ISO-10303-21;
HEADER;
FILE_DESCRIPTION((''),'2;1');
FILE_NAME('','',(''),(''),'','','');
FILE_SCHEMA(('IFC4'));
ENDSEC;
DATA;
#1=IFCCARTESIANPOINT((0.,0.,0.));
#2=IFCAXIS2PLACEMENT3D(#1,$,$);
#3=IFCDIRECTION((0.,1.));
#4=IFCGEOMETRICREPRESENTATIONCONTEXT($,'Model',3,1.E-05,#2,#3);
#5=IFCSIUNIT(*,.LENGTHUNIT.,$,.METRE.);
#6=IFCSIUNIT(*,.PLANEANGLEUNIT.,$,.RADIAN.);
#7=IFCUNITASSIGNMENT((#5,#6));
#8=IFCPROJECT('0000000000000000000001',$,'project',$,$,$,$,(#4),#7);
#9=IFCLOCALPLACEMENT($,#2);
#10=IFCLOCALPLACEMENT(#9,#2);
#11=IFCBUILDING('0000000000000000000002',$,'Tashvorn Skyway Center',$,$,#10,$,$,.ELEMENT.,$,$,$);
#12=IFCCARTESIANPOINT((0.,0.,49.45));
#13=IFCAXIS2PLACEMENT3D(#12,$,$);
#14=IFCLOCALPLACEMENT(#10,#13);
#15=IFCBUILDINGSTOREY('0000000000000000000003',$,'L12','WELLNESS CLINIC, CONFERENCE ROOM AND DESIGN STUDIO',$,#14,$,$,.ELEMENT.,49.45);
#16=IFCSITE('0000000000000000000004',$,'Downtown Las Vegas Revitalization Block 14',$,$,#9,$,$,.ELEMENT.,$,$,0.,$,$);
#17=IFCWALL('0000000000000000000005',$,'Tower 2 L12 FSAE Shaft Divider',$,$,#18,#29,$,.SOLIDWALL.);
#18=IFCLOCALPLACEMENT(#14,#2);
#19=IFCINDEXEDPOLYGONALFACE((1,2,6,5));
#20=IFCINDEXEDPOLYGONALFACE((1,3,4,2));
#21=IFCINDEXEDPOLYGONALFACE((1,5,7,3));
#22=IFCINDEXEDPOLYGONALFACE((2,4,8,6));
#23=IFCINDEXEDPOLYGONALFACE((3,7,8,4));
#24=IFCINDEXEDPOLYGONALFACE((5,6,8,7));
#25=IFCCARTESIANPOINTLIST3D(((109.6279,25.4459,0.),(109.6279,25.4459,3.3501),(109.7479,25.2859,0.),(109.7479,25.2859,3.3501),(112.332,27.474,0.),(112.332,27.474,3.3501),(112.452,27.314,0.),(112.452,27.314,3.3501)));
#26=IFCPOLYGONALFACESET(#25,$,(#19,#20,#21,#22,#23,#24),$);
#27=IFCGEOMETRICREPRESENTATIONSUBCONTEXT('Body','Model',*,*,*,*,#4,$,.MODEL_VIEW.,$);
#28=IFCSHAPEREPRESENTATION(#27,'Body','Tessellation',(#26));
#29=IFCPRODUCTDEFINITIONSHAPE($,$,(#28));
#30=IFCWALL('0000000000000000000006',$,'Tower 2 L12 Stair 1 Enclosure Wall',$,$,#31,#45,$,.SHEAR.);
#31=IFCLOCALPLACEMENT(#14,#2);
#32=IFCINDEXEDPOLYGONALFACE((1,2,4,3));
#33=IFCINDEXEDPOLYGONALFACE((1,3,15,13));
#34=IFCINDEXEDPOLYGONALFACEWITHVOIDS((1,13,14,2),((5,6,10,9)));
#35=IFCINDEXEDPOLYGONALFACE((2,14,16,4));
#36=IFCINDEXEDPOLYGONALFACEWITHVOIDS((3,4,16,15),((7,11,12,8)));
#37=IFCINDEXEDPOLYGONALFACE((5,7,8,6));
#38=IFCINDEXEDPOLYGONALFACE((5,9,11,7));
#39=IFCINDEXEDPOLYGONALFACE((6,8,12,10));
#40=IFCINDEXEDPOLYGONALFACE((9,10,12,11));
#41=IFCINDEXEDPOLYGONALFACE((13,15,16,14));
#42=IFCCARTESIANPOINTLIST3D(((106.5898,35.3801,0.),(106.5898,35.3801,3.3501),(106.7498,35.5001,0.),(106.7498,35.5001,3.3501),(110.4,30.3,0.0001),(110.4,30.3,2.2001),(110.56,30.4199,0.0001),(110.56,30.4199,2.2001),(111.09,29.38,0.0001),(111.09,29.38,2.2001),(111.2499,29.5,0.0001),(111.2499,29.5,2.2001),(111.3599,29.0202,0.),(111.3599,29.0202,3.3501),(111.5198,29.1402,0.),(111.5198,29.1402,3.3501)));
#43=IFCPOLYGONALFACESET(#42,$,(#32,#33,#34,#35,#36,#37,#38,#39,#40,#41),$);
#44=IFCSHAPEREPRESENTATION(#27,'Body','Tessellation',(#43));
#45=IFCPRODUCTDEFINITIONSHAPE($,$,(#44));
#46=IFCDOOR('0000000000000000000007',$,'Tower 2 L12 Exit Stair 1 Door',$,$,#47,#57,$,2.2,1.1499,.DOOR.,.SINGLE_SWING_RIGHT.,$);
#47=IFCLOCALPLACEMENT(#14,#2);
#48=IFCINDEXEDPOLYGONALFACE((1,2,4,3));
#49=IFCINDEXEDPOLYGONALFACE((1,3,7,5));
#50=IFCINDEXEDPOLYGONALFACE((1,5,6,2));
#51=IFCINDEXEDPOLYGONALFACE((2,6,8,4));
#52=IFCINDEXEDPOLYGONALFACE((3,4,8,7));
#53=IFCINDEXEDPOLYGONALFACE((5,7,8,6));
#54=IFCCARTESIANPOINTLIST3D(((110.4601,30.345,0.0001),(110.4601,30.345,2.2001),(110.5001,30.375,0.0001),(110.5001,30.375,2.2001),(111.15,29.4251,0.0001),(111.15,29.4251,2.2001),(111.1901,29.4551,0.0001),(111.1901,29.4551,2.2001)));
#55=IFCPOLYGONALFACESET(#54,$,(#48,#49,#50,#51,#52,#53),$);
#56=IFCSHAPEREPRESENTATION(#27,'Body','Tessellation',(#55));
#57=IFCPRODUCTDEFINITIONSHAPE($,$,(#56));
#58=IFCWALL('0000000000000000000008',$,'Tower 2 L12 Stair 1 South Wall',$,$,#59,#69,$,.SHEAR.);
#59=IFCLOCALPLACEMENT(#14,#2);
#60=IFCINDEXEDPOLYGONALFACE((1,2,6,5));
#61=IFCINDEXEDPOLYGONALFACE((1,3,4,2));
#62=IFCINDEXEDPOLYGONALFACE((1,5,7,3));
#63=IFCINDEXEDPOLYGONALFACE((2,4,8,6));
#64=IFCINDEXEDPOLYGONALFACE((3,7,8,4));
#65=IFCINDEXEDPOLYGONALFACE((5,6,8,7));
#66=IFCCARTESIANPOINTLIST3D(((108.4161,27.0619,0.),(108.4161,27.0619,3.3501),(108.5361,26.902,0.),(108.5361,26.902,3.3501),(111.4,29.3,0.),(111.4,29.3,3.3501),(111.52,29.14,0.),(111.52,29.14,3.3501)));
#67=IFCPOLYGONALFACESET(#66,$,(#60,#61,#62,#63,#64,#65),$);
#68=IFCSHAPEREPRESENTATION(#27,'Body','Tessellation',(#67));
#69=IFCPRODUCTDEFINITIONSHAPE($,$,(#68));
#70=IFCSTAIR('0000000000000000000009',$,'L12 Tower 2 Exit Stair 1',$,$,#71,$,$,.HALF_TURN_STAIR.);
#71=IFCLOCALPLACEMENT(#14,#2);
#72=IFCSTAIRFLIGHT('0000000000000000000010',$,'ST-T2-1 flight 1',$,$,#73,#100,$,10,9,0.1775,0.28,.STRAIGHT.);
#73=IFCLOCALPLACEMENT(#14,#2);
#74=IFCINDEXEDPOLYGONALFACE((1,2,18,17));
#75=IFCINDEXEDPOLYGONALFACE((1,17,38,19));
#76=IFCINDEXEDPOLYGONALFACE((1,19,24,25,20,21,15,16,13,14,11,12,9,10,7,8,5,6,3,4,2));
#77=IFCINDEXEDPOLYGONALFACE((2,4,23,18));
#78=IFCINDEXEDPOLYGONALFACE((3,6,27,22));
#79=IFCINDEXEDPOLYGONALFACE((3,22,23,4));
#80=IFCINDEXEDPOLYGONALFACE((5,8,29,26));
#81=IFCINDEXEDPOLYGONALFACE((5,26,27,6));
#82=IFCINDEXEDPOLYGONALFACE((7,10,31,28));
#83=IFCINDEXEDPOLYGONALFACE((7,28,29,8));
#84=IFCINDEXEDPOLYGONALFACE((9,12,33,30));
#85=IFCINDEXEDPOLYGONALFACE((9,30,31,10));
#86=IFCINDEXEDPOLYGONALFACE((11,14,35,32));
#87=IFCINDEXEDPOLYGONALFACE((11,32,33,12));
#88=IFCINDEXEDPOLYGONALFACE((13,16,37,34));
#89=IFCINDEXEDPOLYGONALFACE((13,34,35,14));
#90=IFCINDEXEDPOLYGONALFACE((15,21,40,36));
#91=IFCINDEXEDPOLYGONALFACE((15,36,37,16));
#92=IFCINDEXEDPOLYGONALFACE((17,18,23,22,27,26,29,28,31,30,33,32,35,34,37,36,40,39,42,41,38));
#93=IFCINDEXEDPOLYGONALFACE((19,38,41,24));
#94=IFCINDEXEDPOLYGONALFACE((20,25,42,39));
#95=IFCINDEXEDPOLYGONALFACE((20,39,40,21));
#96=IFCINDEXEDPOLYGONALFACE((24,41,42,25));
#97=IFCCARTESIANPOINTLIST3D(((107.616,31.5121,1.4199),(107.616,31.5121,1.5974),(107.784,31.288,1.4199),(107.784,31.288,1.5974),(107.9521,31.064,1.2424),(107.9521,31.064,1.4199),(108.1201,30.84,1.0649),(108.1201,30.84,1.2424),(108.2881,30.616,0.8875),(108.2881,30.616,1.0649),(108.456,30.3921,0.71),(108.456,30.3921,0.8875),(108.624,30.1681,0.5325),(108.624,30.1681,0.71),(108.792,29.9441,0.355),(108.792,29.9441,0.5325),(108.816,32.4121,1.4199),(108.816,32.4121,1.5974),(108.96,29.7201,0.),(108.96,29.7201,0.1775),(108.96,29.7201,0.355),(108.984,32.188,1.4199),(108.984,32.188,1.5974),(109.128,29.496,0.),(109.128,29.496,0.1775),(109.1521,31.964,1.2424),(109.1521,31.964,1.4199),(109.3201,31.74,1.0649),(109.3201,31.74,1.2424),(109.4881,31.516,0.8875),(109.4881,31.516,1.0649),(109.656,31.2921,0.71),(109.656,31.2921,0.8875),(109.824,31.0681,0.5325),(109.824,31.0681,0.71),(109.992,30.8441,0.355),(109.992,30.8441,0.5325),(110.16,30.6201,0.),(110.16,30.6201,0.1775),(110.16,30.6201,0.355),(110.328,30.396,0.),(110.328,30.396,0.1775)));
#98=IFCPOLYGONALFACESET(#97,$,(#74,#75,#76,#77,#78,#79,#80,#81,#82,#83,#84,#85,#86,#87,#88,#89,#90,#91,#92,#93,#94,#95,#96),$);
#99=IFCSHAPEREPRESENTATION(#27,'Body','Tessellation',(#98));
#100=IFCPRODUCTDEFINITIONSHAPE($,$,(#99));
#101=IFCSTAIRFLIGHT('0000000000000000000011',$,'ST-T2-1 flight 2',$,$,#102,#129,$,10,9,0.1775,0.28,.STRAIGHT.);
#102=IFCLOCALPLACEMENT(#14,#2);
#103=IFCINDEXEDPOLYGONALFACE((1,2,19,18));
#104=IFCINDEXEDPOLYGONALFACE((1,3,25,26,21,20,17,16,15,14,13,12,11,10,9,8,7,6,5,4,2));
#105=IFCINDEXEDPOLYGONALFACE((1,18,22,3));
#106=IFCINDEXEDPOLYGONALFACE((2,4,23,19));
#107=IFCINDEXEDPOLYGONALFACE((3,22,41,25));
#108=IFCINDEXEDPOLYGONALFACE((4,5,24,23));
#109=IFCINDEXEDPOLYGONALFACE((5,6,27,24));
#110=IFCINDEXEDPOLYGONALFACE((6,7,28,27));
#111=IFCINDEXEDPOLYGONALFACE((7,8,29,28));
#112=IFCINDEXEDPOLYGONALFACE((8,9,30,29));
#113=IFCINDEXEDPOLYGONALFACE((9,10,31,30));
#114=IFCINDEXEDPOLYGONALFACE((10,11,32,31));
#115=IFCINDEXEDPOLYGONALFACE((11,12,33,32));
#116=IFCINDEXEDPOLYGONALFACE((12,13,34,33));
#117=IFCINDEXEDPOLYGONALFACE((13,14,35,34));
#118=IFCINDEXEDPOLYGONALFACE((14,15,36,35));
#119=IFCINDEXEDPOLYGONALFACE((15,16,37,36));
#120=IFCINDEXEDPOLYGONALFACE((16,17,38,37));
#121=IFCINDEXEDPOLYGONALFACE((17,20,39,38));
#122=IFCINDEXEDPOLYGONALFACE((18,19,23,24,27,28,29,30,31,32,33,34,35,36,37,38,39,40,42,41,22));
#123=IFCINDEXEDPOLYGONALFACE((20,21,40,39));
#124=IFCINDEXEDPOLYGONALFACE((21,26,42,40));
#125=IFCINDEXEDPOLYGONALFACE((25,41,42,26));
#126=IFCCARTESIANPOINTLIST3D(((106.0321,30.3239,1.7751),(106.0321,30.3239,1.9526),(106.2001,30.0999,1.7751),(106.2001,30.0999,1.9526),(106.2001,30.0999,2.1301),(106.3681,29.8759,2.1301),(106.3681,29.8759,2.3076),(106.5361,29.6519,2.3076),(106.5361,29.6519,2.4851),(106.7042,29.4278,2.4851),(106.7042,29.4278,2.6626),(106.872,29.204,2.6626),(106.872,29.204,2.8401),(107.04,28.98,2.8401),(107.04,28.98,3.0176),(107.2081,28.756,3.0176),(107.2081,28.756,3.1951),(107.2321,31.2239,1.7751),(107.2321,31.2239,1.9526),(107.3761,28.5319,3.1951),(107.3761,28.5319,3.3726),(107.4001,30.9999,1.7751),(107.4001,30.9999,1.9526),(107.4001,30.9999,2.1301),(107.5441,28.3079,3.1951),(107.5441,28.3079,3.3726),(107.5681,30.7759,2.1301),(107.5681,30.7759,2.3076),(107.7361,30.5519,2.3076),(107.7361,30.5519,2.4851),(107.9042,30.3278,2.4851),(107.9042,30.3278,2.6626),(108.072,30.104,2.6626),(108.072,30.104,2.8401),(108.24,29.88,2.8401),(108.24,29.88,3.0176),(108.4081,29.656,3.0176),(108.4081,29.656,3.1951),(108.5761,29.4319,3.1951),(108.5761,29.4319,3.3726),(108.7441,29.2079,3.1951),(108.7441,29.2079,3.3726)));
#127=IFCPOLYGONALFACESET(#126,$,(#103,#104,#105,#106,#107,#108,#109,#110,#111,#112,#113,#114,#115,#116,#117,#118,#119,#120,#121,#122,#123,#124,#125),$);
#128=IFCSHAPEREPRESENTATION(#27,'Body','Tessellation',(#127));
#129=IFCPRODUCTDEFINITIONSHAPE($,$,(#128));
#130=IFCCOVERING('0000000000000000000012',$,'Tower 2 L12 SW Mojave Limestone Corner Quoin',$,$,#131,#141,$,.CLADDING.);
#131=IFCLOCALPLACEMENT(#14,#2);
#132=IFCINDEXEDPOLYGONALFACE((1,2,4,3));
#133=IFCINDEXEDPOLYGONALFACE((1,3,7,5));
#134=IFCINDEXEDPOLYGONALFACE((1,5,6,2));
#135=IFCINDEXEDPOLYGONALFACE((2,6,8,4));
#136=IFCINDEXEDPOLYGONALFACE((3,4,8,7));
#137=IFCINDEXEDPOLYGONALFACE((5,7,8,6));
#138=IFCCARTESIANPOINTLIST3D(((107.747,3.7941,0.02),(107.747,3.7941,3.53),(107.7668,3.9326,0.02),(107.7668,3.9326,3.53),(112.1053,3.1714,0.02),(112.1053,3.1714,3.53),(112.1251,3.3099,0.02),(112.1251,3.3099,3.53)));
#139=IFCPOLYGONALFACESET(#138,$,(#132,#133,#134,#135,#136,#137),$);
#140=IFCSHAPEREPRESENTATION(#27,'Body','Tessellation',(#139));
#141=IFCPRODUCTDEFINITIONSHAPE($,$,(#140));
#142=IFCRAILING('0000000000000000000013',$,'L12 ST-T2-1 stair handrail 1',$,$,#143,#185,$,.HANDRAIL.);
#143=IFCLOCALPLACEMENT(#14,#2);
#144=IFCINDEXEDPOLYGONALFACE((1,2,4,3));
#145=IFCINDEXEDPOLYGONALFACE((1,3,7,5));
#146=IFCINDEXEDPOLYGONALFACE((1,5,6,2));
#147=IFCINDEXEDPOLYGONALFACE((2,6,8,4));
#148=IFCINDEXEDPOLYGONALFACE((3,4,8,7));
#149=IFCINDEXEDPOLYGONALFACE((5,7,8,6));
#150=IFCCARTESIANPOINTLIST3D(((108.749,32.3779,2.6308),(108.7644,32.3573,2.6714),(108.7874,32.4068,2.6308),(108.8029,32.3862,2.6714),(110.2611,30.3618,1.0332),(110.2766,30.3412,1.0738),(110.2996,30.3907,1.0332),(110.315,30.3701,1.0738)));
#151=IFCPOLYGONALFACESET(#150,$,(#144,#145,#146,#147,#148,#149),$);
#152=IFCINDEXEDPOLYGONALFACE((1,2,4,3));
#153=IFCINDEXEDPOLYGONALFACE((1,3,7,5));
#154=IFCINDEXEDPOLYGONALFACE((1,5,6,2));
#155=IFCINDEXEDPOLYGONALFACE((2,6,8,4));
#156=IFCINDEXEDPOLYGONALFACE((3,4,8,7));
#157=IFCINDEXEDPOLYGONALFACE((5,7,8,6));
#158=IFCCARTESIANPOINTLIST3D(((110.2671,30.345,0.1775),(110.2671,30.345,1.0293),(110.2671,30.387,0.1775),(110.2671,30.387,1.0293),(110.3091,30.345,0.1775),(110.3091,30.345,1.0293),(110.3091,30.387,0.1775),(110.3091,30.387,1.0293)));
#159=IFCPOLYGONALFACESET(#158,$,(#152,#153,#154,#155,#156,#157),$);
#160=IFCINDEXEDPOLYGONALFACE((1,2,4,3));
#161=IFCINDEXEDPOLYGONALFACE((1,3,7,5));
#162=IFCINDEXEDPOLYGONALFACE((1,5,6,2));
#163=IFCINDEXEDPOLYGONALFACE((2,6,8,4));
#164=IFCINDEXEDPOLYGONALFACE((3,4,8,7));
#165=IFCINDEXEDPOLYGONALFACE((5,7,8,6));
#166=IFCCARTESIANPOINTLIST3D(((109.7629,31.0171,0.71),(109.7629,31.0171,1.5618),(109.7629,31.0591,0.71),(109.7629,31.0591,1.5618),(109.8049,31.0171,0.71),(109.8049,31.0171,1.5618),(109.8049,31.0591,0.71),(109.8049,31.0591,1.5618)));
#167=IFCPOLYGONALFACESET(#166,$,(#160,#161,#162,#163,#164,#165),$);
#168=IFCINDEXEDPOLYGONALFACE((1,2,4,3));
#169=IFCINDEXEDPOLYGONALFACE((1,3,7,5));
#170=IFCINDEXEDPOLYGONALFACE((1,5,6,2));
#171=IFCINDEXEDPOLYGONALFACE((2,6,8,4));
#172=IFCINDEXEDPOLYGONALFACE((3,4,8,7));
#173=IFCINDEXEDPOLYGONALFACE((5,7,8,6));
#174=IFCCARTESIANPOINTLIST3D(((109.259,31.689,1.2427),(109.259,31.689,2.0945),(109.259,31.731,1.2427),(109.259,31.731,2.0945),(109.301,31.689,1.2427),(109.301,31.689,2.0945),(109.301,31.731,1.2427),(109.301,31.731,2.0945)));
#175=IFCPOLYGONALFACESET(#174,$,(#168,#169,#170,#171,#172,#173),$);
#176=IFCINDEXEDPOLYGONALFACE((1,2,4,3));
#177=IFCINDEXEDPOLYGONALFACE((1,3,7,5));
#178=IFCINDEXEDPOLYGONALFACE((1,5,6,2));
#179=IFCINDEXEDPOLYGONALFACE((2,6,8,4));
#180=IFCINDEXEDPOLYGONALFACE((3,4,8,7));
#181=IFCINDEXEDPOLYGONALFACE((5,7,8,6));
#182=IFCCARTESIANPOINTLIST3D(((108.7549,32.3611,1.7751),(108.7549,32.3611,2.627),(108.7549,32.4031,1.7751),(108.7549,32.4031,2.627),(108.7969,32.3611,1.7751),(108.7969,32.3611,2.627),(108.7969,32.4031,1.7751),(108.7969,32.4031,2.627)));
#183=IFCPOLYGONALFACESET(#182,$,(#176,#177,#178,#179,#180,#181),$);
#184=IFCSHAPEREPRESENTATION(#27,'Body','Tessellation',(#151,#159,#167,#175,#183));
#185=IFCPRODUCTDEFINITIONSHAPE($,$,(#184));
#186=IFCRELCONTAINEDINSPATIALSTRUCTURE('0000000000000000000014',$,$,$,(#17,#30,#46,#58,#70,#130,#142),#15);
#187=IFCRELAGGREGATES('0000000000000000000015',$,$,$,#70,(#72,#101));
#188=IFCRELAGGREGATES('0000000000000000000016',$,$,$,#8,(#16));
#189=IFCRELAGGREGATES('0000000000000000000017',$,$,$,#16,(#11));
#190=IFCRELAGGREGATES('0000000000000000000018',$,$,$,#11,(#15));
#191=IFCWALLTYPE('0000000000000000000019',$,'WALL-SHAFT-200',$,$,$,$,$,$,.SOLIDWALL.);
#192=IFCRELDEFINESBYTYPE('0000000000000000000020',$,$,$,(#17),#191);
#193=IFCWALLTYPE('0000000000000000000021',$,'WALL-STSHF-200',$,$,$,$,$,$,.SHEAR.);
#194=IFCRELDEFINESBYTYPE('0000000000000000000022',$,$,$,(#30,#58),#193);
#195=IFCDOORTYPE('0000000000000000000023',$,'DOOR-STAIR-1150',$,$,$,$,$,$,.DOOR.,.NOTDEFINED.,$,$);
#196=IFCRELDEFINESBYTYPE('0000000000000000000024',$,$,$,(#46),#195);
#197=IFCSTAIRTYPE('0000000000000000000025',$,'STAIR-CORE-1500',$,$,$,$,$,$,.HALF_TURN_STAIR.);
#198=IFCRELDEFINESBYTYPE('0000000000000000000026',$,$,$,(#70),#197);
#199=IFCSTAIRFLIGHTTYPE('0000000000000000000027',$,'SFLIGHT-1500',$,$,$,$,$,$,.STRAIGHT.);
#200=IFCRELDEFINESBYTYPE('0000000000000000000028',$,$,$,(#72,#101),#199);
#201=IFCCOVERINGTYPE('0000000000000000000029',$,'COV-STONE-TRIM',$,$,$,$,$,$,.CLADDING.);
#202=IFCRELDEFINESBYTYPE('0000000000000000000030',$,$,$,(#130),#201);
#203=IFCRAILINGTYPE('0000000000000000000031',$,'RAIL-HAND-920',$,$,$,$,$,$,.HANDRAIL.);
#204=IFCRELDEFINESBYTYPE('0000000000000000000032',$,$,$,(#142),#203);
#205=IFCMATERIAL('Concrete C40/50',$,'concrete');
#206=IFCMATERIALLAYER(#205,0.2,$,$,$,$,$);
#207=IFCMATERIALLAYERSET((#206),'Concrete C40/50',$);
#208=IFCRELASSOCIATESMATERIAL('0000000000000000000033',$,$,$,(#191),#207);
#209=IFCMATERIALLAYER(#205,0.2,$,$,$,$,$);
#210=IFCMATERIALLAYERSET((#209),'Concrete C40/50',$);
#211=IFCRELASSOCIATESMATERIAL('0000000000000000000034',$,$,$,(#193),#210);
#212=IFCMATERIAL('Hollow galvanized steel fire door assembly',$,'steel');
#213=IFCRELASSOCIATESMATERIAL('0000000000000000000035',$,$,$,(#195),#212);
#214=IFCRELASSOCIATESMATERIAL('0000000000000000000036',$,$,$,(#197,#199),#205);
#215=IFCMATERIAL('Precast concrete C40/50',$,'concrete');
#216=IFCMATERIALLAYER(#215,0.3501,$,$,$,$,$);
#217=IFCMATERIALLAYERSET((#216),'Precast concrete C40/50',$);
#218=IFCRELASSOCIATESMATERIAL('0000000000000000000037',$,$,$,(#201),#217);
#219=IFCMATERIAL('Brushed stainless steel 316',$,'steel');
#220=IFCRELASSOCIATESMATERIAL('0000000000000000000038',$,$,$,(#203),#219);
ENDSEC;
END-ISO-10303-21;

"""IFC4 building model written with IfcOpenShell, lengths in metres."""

from ifc_helpers import new_model, si_unit, direction, frame, frame_2d, origin, origin_2d, place, context, subcontext, project, spatial, polyline, rectangle, outline, extrude, material, layer, layer_set, type_object, element, fill, aggregate, save


model = new_model("IFC4")

# Units and contexts
model_context = context("Model", 3, precision=1e-05, world=origin(), true_north=direction((0.0, 1.0)))
body_context = subcontext(model_context, "Body", "Model", "MODEL_VIEW")
ifc_project = project(units=[si_unit("LENGTHUNIT", "METRE"), si_unit("PLANEANGLEUNIT", "RADIAN")], contexts=[model_context])

# Site, building, storey
site_placement = place(None, origin())
site = spatial("IfcSite", under=ifc_project, at=site_placement, Name="Downtown Las Vegas Revitalization Block 14", CompositionType="ELEMENT", RefElevation=0.0)
building_placement = place(site_placement, origin())
building = spatial("IfcBuilding", under=site, at=building_placement, Name="Tashvorn Skyway Center", CompositionType="ELEMENT")
storey_placement = place(building_placement, frame((0.0, 0.0, 49.45)))
storey = spatial("IfcBuildingStorey", under=building, at=storey_placement, Name="L12", Description="WELLNESS CLINIC, CONFERENCE ROOM AND DESIGN STUDIO", CompositionType="ELEMENT", Elevation=49.45)

# Shared definitions
ifc_material_1 = material(Name="Precast concrete C40/50", Category="concrete")
ifc_material_2 = material(Name="Concrete C40/50", Category="concrete")

# Wall
ifc_layer_1 = layer(ifc_material_2, 0.2)
ifc_layer_set_1 = layer_set([ifc_layer_1], Name="Concrete C40/50")
wall_type_1 = type_object("IfcWallType", Name="WALL-SHAFT-200", PredefinedType="SOLIDWALL", material=ifc_layer_set_1)
for number, where, z_axis, x_axis, name in (
    (1, (109.688, 25.366, 0.0), (0.0, 0.0, 1.0), (0.8, 0.6, 0.0), "Tower 2 L12 FSAE Shaft Divider"),
):
    element("IfcWall", number, at=place(storey_placement, frame(where, z_axis=z_axis, x_axis=x_axis)), inside=storey, type_object=wall_type_1, Name=name, PredefinedType="SOLIDWALL", context=body_context, shape_type="SweptSolid", body=[
        extrude(rectangle(XDim=3.3801, YDim=0.2, at=frame_2d((1.6899, 0.0))), origin(), (0.0, 0.0, 1.0), 3.3501),
    ])

# Wall, opening, door
ifc_layer_2 = layer(ifc_material_2, 0.2)
ifc_layer_set_2 = layer_set([ifc_layer_2], Name="Concrete C40/50")
wall_type_2 = type_object("IfcWallType", Name="WALL-STSHF-200", PredefinedType="SHEAR", material=ifc_layer_set_2)
wall_1_placement = place(storey_placement, frame((111.4399, 29.0801, 0.0), z_axis=(0.0, 0.0, 1.0), x_axis=(-0.60001, 0.799993, 0.0)))
wall_1 = element("IfcWall", 2, at=wall_1_placement, inside=storey, type_object=wall_type_2, Name="Tower 2 L12 Stair 1 Enclosure Wall", PredefinedType="SHEAR", context=body_context, shape_type="SweptSolid", body=[
    extrude(rectangle(XDim=7.95, YDim=0.2, at=frame_2d((3.9751, 0.0))), origin(), (0.0, 0.0, 1.0), 3.3501),
])
opening_1_placement = place(wall_1_placement, frame((0.45, 0.0, 0.0)))
opening_1 = element("IfcOpeningElement", 3, at=opening_1_placement, cuts=wall_1, PredefinedType="OPENING", context=body_context, shape_type="SweptSolid", body=[
    extrude(rectangle(XDim=1.1499, YDim=2.2, at=frame_2d((0.575, 1.1001))), frame((0.0, 0.1099, 0.0), z_axis=(0.0, -1.0, 0.0), x_axis=(1.0, 0.0, 0.0)), (0.0, 0.0, 1.0), 0.22),
])
ifc_material_3 = material(Name="Hollow galvanized steel fire door assembly", Category="steel")
door_type_1 = type_object("IfcDoorType", Name="DOOR-STAIR-1150", OperationType="NOTDEFINED", PredefinedType="DOOR", material=ifc_material_3)
door_1_placement = place(opening_1_placement, origin())
door_1 = element("IfcDoor", 4, at=door_1_placement, inside=storey, type_object=door_type_1, Name="Tower 2 L12 Exit Stair 1 Door", OperationType="SINGLE_SWING_RIGHT", OverallHeight=2.2, OverallWidth=1.1499, PredefinedType="DOOR", context=body_context, shape_type="SweptSolid", body=[
    extrude(rectangle(XDim=1.1499, YDim=2.2, at=frame_2d((0.575, 1.1001))), frame((0.0, 0.0249, 0.0), z_axis=(0.0, -1.0, 0.0), x_axis=(1.0, 0.0, 0.0)), (0.0, 0.0, 1.0), 0.05),
])
fill(opening_1, door_1)

# Wall
wall_2_placement = place(storey_placement, frame((108.4761, 26.9819, 0.0), z_axis=(0.0, 0.0, 1.0), x_axis=(0.799984, 0.600021, 0.0)))
element("IfcWall", 5, at=wall_2_placement, inside=storey, type_object=wall_type_2, Name="Tower 2 L12 Stair 1 South Wall", PredefinedType="SHEAR", context=body_context, shape_type="SweptSolid", body=[
    extrude(rectangle(XDim=3.73, YDim=0.2, at=frame_2d((1.865, 0.0))), origin(), (0.0, 0.0, 1.0), 3.3501),
])

# Stair, stair flights
stair_type = type_object("IfcStairType", Name="STAIR-CORE-1500", PredefinedType="HALF_TURN_STAIR", material=ifc_material_2)
stair_placement = place(storey_placement, origin())
stair = element("IfcStair", 6, at=stair_placement, inside=storey, type_object=stair_type, Name="L12 Tower 2 Exit Stair 1", PredefinedType="HALF_TURN_STAIR")
stair_flight_type = type_object("IfcStairFlightType", Name="SFLIGHT-1500", PredefinedType="STRAIGHT", material=ifc_material_2)
stair_flight_1_placement = place(storey_placement, frame((109.728, 29.946, 0.0), z_axis=(0.0, 0.0, 1.0), x_axis=(-0.6, 0.8, 0.0)))
stair_flight_1 = element("IfcStairFlight", 7, at=stair_flight_1_placement, type_object=stair_flight_type, Name="ST-T2-1 flight 1", NumberOfRisers=10, NumberOfTreads=9, PredefinedType="STRAIGHT", RiserHeight=0.1775, TreadLength=0.28, context=body_context, shape_type="SweptSolid", body=[
    extrude(outline(polyline([(0.0, 0.0), (0.0, 0.1775), (0.28, 0.1775), (0.28, 0.355), (0.5601, 0.355), (0.5601, 0.5325), (0.8401, 0.5325), (0.8401, 0.71), (1.1201, 0.71), (1.1201, 0.8875), (1.3999, 0.8875), (1.3999, 1.0649), (1.6799, 1.0649), (1.6799, 1.2424), (1.96, 1.2424), (1.96, 1.4199), (2.24, 1.4199), (2.24, 1.5974), (2.52, 1.5974), (2.52, 1.7749), (2.52, 1.4199), (0.28, 0.0), (0.0, 0.0)])), frame((0.0, 0.75, 0.0), z_axis=(0.0, -1.0, 0.0), x_axis=(1.0, 0.0, 0.0)), (0.0, 0.0, 1.0), 1.5),
])
stair_flight_2_placement = place(storey_placement, frame((106.6321, 30.7739, 1.7751), z_axis=(0.0, 0.0, 1.0), x_axis=(0.6, -0.8, 0.0)))
stair_flight_2 = element("IfcStairFlight", 8, at=stair_flight_2_placement, type_object=stair_flight_type, Name="ST-T2-1 flight 2", NumberOfRisers=10, NumberOfTreads=9, PredefinedType="STRAIGHT", RiserHeight=0.1775, TreadLength=0.28, context=body_context, shape_type="SweptSolid", body=[
    extrude(outline(polyline([(0.0, 0.0), (0.0, 0.1775), (0.28, 0.1775), (0.28, 0.355), (0.5601, 0.355), (0.5601, 0.5325), (0.8401, 0.5325), (0.8401, 0.71), (1.1201, 0.71), (1.1201, 0.8875), (1.3999, 0.8875), (1.3999, 1.0649), (1.6799, 1.0649), (1.6799, 1.2424), (1.96, 1.2424), (1.96, 1.4199), (2.24, 1.4199), (2.24, 1.5974), (2.52, 1.5974), (2.52, 1.7749), (2.52, 1.4199), (0.28, 0.0), (0.0, 0.0)])), frame((0.0, 0.75, 0.0), z_axis=(0.0, -1.0, 0.0), x_axis=(1.0, 0.0, 0.0)), (0.0, 0.0, 1.0), 1.5),
])
aggregate(stair, [stair_flight_1, stair_flight_2])

# Covering
ifc_layer_3 = layer(ifc_material_1, 0.3501)
ifc_layer_set_3 = layer_set([ifc_layer_3], Name="Precast concrete C40/50")
covering_type = type_object("IfcCoveringType", Name="COV-STONE-TRIM", PredefinedType="CLADDING", material=ifc_layer_set_3)
covering_placement = place(storey_placement, frame((109.936, 3.552, 0.02), z_axis=(0.0, 0.0, 1.0), x_axis=(-0.989949, 0.141421, 0.0)))
element("IfcCovering", 9, at=covering_placement, inside=storey, type_object=covering_type, Name="Tower 2 L12 SW Mojave Limestone Corner Quoin", PredefinedType="CLADDING", context=body_context, shape_type="SweptSolid", body=[
    extrude(rectangle(XDim=4.4026, YDim=0.1399, at=origin_2d()), origin(), (0.0, 0.0, 1.0), 3.51),
])

# Railing
ifc_material_4 = material(Name="Brushed stainless steel 316", Category="steel")
railing_type_1 = type_object("IfcRailingType", Name="RAIL-HAND-920", PredefinedType="HANDRAIL", material=ifc_material_4)
railing_1_placement = place(storey_placement, frame((110.2881, 30.366, 0.1775)))
element("IfcRailing", 10, at=railing_1_placement, inside=storey, type_object=railing_type_1, Name="L12 ST-T2-1 stair handrail 1", PredefinedType="HANDRAIL", context=body_context, shape_type="SweptSolid", body=[
    extrude(rectangle(XDim=0.0481, YDim=0.0481, at=origin_2d()), frame((0.0, 0.0, 0.876), z_axis=(-0.506779, 0.675651, 0.535416), x_axis=(-0.799977, -0.600031, 0.0)), (0.0, 0.0, 1.0), 2.9839),
    extrude(rectangle(XDim=0.042, YDim=0.042, at=origin_2d()), origin(), (0.0, 0.0, 1.0), 0.8518),
    extrude(rectangle(XDim=0.042, YDim=0.042, at=origin_2d()), frame((-0.5042, 0.6721, 0.5325)), (0.0, 0.0, 1.0), 0.8518),
    extrude(rectangle(XDim=0.042, YDim=0.042, at=origin_2d()), frame((-1.0081, 1.344, 1.0652)), (0.0, 0.0, 1.0), 0.8518),
    extrude(rectangle(XDim=0.042, YDim=0.042, at=origin_2d()), frame((-1.5122, 2.0161, 1.5977)), (0.0, 0.0, 1.0), 0.8518),
])

save(model, "model.ifc")
